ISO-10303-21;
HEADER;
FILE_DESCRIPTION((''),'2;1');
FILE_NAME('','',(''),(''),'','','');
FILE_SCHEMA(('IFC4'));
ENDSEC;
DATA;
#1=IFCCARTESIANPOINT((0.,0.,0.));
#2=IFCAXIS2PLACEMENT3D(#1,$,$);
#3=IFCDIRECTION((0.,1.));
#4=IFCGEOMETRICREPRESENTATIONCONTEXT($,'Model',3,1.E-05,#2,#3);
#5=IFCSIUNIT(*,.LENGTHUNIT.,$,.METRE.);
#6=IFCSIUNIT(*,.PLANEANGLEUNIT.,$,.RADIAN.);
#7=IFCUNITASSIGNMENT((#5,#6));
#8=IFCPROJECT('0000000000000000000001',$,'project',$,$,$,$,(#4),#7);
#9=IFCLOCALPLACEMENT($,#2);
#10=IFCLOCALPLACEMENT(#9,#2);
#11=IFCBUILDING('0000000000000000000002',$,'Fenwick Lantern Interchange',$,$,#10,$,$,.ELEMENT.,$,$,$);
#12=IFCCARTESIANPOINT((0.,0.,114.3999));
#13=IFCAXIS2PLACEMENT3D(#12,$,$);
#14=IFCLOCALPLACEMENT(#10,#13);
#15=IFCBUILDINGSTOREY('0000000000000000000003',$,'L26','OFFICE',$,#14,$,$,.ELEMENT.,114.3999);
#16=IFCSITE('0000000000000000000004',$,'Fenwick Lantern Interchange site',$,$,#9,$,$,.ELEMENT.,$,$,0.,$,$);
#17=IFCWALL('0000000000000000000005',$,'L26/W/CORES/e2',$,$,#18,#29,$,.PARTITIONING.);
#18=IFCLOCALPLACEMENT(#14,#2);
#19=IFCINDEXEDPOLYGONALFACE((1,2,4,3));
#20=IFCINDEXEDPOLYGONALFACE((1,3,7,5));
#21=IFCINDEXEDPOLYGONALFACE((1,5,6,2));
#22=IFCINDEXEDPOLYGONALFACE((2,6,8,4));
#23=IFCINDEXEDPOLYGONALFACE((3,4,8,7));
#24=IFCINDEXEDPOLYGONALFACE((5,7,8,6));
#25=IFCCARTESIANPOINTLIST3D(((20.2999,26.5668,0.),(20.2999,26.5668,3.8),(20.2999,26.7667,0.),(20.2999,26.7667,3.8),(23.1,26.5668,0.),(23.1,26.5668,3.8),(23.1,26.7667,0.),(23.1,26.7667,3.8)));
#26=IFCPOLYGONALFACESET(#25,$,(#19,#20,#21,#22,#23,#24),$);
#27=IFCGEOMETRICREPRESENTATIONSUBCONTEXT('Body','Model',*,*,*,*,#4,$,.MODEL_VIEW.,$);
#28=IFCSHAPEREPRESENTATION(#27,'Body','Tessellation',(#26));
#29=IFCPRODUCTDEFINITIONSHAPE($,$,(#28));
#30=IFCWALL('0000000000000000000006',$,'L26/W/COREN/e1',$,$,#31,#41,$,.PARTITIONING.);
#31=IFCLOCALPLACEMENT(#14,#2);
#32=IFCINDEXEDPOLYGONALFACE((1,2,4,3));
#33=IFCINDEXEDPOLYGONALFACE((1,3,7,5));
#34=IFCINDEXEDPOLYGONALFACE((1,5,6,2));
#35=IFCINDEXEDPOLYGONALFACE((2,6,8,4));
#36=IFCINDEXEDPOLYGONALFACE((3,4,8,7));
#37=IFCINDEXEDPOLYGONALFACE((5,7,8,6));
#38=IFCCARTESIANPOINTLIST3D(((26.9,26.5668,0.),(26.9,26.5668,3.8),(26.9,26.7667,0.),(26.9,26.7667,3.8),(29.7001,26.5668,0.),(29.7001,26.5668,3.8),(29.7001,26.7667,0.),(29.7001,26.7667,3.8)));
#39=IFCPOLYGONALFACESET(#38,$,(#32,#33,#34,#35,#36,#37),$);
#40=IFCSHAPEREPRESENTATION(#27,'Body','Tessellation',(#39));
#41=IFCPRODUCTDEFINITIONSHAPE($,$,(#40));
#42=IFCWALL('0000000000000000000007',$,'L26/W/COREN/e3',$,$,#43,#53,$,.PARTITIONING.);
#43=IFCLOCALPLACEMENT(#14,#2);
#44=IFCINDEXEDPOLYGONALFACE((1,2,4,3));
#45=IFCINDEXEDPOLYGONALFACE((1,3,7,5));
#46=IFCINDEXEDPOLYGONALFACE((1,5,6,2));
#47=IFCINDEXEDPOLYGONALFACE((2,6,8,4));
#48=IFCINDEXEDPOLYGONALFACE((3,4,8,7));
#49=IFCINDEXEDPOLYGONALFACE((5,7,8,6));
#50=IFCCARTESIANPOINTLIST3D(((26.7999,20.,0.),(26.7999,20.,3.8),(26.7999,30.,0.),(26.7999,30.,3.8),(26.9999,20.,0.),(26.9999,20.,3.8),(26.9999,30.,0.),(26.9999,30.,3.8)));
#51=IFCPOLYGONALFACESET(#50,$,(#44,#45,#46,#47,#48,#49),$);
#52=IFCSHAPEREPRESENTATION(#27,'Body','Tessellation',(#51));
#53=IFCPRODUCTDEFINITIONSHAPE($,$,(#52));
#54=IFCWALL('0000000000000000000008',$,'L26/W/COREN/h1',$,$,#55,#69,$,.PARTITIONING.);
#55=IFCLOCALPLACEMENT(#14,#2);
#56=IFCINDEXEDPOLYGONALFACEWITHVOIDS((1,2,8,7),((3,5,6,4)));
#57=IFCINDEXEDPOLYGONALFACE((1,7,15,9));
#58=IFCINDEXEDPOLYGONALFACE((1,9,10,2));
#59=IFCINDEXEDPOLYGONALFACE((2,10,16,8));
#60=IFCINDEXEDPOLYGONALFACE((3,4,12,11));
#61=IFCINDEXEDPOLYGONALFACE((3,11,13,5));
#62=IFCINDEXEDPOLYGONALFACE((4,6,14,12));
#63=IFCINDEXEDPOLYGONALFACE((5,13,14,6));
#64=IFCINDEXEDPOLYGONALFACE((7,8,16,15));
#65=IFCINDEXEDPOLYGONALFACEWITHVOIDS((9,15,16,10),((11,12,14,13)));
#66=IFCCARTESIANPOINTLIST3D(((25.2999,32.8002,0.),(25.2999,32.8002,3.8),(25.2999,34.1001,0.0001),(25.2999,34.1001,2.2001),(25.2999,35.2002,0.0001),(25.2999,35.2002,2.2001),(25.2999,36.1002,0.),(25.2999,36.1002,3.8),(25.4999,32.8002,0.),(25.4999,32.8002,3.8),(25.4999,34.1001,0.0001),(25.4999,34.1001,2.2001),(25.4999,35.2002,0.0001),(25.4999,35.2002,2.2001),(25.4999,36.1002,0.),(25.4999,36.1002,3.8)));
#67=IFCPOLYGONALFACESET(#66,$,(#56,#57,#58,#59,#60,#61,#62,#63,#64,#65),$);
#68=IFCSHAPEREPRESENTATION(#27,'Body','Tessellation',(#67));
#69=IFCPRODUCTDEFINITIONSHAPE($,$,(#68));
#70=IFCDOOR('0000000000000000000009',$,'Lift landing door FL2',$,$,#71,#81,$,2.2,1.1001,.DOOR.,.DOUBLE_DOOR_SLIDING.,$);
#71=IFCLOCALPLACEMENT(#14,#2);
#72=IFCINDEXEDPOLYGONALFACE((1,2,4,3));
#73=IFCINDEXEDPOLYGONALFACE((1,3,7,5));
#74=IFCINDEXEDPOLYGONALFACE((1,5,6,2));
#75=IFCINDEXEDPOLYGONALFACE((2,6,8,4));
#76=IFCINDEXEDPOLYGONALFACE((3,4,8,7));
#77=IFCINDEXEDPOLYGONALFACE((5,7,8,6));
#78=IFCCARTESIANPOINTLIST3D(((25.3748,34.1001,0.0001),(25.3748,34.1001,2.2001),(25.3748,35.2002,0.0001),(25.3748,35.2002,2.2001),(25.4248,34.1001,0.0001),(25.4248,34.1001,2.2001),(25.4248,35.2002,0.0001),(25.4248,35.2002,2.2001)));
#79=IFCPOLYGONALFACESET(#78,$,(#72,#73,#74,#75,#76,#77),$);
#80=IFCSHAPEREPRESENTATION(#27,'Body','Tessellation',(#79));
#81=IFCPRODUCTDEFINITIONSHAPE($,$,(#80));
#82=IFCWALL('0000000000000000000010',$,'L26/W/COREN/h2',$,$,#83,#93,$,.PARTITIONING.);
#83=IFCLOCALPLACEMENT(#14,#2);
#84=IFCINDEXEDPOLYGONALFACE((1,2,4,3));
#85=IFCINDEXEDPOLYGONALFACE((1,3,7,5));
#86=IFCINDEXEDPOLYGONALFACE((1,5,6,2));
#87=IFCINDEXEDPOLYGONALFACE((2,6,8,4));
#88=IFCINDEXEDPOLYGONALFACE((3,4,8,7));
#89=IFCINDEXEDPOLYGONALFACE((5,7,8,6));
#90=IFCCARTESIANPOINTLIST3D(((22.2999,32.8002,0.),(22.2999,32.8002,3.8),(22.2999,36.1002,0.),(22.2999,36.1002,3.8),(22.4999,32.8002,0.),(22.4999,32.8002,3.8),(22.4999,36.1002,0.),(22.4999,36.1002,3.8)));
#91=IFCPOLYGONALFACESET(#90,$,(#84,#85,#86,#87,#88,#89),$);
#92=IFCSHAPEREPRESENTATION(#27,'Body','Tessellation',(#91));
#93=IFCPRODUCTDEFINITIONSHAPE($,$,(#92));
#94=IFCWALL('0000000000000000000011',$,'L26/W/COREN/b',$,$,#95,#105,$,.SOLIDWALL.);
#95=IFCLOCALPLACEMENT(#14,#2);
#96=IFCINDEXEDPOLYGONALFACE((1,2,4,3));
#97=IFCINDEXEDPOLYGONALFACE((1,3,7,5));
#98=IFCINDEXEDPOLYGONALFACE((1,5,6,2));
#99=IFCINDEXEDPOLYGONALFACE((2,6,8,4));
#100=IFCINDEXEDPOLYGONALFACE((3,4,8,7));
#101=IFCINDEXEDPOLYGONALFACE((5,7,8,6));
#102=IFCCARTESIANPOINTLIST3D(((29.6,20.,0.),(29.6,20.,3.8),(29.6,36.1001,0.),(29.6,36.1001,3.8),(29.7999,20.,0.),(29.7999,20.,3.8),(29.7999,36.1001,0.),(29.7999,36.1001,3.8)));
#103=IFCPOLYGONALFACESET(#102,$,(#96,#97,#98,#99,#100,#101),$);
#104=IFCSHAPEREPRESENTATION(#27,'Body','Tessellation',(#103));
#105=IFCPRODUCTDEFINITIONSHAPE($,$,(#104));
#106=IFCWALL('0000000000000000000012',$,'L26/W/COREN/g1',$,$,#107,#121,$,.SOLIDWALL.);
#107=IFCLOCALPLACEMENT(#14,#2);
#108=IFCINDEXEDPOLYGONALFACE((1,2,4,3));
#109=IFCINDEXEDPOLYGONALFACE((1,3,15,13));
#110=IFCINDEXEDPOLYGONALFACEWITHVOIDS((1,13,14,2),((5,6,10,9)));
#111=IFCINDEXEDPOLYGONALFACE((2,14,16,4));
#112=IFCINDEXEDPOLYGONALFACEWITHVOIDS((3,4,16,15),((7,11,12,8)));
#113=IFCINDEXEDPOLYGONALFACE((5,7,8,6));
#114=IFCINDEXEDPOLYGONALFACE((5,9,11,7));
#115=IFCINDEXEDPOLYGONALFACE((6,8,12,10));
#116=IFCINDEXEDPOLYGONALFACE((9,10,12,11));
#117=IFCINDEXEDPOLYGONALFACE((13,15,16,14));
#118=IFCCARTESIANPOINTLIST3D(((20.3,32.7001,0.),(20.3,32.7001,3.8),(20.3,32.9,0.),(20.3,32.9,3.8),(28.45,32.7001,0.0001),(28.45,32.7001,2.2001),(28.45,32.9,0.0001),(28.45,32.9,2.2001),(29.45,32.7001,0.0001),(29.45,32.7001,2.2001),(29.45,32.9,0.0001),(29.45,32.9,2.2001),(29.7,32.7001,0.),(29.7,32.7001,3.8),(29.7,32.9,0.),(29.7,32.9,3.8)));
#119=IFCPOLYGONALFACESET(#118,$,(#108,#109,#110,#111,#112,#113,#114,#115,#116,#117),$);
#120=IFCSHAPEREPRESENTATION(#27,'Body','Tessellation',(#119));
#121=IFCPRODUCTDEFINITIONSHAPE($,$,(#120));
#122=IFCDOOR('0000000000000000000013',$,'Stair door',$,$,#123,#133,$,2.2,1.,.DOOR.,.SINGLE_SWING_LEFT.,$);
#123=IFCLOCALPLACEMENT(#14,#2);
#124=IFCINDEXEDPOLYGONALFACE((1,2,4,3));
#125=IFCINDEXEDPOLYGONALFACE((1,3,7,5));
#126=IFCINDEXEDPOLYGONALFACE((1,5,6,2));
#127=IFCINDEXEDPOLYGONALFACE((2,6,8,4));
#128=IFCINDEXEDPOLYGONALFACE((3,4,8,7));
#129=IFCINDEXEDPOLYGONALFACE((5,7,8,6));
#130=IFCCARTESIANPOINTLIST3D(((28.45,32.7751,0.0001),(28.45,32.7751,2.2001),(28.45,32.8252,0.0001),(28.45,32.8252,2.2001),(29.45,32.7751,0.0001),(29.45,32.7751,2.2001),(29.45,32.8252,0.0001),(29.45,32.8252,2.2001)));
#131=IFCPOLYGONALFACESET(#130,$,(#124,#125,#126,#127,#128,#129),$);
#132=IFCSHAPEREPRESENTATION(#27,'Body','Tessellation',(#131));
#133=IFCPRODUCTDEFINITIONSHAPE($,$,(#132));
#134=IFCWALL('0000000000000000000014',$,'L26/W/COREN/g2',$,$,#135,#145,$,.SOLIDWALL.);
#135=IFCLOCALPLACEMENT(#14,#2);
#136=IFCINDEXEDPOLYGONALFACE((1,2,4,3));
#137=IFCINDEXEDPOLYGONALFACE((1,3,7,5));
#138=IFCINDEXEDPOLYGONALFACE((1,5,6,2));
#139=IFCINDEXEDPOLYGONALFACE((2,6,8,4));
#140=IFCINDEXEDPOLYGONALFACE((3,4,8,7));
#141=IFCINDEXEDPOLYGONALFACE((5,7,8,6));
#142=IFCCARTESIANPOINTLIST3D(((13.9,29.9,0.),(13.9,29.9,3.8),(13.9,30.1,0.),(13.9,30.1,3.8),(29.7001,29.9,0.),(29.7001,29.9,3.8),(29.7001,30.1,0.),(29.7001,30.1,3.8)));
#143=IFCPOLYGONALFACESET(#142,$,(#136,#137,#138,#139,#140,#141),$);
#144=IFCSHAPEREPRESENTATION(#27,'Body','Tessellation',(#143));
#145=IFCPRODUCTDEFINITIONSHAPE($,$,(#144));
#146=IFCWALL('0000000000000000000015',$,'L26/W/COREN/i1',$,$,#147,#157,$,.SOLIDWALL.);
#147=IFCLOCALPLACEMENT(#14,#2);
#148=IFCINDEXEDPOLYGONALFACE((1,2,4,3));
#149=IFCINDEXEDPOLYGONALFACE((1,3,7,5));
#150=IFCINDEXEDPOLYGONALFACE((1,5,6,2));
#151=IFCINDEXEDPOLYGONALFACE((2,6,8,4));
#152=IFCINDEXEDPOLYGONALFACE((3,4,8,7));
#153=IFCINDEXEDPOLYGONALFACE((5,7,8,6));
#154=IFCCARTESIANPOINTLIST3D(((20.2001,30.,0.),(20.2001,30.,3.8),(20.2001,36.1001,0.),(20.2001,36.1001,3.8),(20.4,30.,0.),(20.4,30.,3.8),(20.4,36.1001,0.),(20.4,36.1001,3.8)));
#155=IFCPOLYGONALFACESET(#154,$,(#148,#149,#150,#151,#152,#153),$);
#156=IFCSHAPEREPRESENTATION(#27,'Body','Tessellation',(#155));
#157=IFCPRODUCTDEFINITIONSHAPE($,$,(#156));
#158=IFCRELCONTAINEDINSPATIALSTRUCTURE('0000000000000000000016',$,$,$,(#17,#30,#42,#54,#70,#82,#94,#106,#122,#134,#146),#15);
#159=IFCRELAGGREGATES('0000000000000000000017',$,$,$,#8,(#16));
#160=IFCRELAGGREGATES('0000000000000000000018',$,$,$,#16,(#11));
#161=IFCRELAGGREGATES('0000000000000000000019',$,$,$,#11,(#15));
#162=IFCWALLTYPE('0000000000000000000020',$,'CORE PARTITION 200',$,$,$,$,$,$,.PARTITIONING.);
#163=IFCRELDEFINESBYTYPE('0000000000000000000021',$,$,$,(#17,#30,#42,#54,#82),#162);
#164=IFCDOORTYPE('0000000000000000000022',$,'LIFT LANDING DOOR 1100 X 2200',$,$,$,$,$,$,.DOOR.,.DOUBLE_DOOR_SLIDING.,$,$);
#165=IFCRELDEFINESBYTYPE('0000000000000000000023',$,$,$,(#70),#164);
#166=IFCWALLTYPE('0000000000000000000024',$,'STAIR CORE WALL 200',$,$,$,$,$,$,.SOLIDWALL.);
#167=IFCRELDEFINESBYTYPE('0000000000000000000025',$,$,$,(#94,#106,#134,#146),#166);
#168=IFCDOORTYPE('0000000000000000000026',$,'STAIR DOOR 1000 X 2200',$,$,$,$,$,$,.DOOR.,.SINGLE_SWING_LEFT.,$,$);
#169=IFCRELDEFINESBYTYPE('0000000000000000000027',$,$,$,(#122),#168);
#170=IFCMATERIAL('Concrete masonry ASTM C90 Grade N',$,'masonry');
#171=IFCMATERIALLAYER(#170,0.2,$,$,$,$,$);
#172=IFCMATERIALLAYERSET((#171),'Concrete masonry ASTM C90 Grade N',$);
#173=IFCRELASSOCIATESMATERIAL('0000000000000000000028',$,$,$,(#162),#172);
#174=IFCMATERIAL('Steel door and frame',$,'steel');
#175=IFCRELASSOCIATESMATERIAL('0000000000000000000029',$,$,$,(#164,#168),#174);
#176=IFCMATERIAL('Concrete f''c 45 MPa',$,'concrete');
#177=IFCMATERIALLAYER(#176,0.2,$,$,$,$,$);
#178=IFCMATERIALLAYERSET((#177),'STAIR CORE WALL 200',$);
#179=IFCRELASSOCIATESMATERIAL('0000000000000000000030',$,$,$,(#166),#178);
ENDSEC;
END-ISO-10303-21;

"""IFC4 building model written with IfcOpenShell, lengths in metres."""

from ifc_helpers import new_model, si_unit, direction, frame, frame_2d, origin, place, context, subcontext, project, spatial, rectangle, extrude, material, layer, layer_set, type_object, element, fill, save


model = new_model("IFC4")

# Units and contexts
model_context = context("Model", 3, precision=1e-05, world=origin(), true_north=direction((0.0, 1.0)))
body_context = subcontext(model_context, "Body", "Model", "MODEL_VIEW")
ifc_project = project(units=[si_unit("LENGTHUNIT", "METRE"), si_unit("PLANEANGLEUNIT", "RADIAN")], contexts=[model_context])

# Site, building, storey
site_placement = place(None, origin())
site = spatial("IfcSite", under=ifc_project, at=site_placement, Name="Fenwick Lantern Interchange site", CompositionType="ELEMENT", RefElevation=0.0)
building_placement = place(site_placement, origin())
building = spatial("IfcBuilding", under=site, at=building_placement, Name="Fenwick Lantern Interchange", CompositionType="ELEMENT")
storey_placement = place(building_placement, frame((0.0, 0.0, 114.3999)))
storey = spatial("IfcBuildingStorey", under=building, at=storey_placement, Name="L26", Description="OFFICE", CompositionType="ELEMENT", Elevation=114.3999)

# Walls
ifc_material_1 = material(Name="Concrete masonry ASTM C90 Grade N", Category="masonry")
ifc_layer_1 = layer(ifc_material_1, 0.2)
ifc_layer_set_1 = layer_set([ifc_layer_1], Name="Concrete masonry ASTM C90 Grade N")
wall_type_1 = type_object("IfcWallType", Name="CORE PARTITION 200", PredefinedType="PARTITIONING", material=ifc_layer_set_1)
for number, where, z_axis, x_axis, name in (
    (1, (20.3, 26.6667, 0.0), (0.0, 0.0, 1.0), (1.0, 0.0, 0.0), "L26/W/CORES/e2"),
    (2, (29.7, 26.6667, 0.0), (0.0, 0.0, 1.0), (-1.0, 0.0, 0.0), "L26/W/COREN/e1"),
):
    element("IfcWall", number, at=place(storey_placement, frame(where, z_axis=z_axis, x_axis=x_axis)), inside=storey, type_object=wall_type_1, Name=name, PredefinedType="PARTITIONING", context=body_context, shape_type="SweptSolid", body=[
        extrude(rectangle(XDim=2.8, YDim=0.2, at=frame_2d((1.3999, 0.0))), origin(), (0.0, 0.0, 1.0), 3.8),
    ])
wall_1_placement = place(storey_placement, frame((26.8999, 30.0, 0.0), z_axis=(0.0, 0.0, 1.0), x_axis=(0.0, -1.0, 0.0)))
element("IfcWall", 3, at=wall_1_placement, inside=storey, type_object=wall_type_1, Name="L26/W/COREN/e3", PredefinedType="PARTITIONING", context=body_context, shape_type="SweptSolid", body=[
    extrude(rectangle(XDim=10.0, YDim=0.2, at=frame_2d((5.0, 0.0))), origin(), (0.0, 0.0, 1.0), 3.8),
])

# Wall, opening, door
wall_2_placement = place(storey_placement, frame((25.3999, 36.1001, 0.0), z_axis=(0.0, 0.0, 1.0), x_axis=(0.0, -1.0, 0.0)))
wall_2 = element("IfcWall", 4, at=wall_2_placement, inside=storey, type_object=wall_type_1, Name="L26/W/COREN/h1", PredefinedType="PARTITIONING", context=body_context, shape_type="SweptSolid", body=[
    extrude(rectangle(XDim=3.3, YDim=0.2, at=frame_2d((1.6499, 0.0))), origin(), (0.0, 0.0, 1.0), 3.8),
])
opening_1_placement = place(wall_2_placement, frame((0.8999, 0.0, 0.0)))
opening_1 = element("IfcOpeningElement", 5, at=opening_1_placement, cuts=wall_2, PredefinedType="OPENING", context=body_context, shape_type="SweptSolid", body=[
    extrude(rectangle(XDim=1.1001, YDim=2.2, at=frame_2d((0.55, 1.1001))), frame((0.0, 0.1099, 0.0), z_axis=(0.0, -1.0, 0.0), x_axis=(1.0, 0.0, 0.0)), (0.0, 0.0, 1.0), 0.22),
])
ifc_material_2 = material(Name="Steel door and frame", Category="steel")
door_type_1 = type_object("IfcDoorType", Name="LIFT LANDING DOOR 1100 X 2200", OperationType="DOUBLE_DOOR_SLIDING", PredefinedType="DOOR", material=ifc_material_2)
door_1_placement = place(opening_1_placement, origin())
door_1 = element("IfcDoor", 6, at=door_1_placement, inside=storey, type_object=door_type_1, Name="Lift landing door FL2", OperationType="DOUBLE_DOOR_SLIDING", OverallHeight=2.2, OverallWidth=1.1001, PredefinedType="DOOR", context=body_context, shape_type="SweptSolid", body=[
    extrude(rectangle(XDim=1.1001, YDim=2.2, at=frame_2d((0.55, 1.1001))), frame((0.0, 0.0249, 0.0), z_axis=(0.0, -1.0, 0.0), x_axis=(1.0, 0.0, 0.0)), (0.0, 0.0, 1.0), 0.05),
])
fill(opening_1, door_1)

# Walls
wall_3_placement = place(storey_placement, frame((22.3999, 36.1001, 0.0), z_axis=(0.0, 0.0, 1.0), x_axis=(0.0, -1.0, 0.0)))
element("IfcWall", 7, at=wall_3_placement, inside=storey, type_object=wall_type_1, Name="L26/W/COREN/h2", PredefinedType="PARTITIONING", context=body_context, shape_type="SweptSolid", body=[
    extrude(rectangle(XDim=3.3, YDim=0.2, at=frame_2d((1.6499, 0.0))), origin(), (0.0, 0.0, 1.0), 3.8),
])
ifc_material_3 = material(Name="Concrete f'c 45 MPa", Category="concrete")
ifc_layer_2 = layer(ifc_material_3, 0.2)
ifc_layer_set_2 = layer_set([ifc_layer_2], Name="STAIR CORE WALL 200")
wall_type_2 = type_object("IfcWallType", Name="STAIR CORE WALL 200", PredefinedType="SOLIDWALL", material=ifc_layer_set_2)
wall_4_placement = place(storey_placement, frame((29.7, 36.1001, 0.0), z_axis=(0.0, 0.0, 1.0), x_axis=(0.0, -1.0, 0.0)))
element("IfcWall", 8, at=wall_4_placement, inside=storey, type_object=wall_type_2, Name="L26/W/COREN/b", PredefinedType="SOLIDWALL", context=body_context, shape_type="SweptSolid", body=[
    extrude(rectangle(XDim=16.1001, YDim=0.2, at=frame_2d((8.05, 0.0))), origin(), (0.0, 0.0, 1.0), 3.8),
])

# Wall, opening, door
wall_5_placement = place(storey_placement, frame((29.7, 32.8, 0.0), z_axis=(0.0, 0.0, 1.0), x_axis=(-1.0, 0.0, 0.0)))
wall_5 = element("IfcWall", 9, at=wall_5_placement, inside=storey, type_object=wall_type_2, Name="L26/W/COREN/g1", PredefinedType="SOLIDWALL", context=body_context, shape_type="SweptSolid", body=[
    extrude(rectangle(XDim=9.3999, YDim=0.2, at=frame_2d((4.7, 0.0))), origin(), (0.0, 0.0, 1.0), 3.8),
])
opening_2_placement = place(wall_5_placement, frame((0.25, 0.0, 0.0)))
opening_2 = element("IfcOpeningElement", 10, at=opening_2_placement, cuts=wall_5, PredefinedType="OPENING", context=body_context, shape_type="SweptSolid", body=[
    extrude(rectangle(XDim=1.0, YDim=2.2, at=frame_2d((0.5, 1.1001))), frame((0.0, 0.1099, 0.0), z_axis=(0.0, -1.0, 0.0), x_axis=(1.0, 0.0, 0.0)), (0.0, 0.0, 1.0), 0.22),
])
door_type_2 = type_object("IfcDoorType", Name="STAIR DOOR 1000 X 2200", OperationType="SINGLE_SWING_LEFT", PredefinedType="DOOR", material=ifc_material_2)
door_2_placement = place(opening_2_placement, origin())
door_2 = element("IfcDoor", 11, at=door_2_placement, inside=storey, type_object=door_type_2, Name="Stair door", OperationType="SINGLE_SWING_LEFT", OverallHeight=2.2, OverallWidth=1.0, PredefinedType="DOOR", context=body_context, shape_type="SweptSolid", body=[
    extrude(rectangle(XDim=1.0, YDim=2.2, at=frame_2d((0.5, 1.1001))), frame((0.0, 0.0249, 0.0), z_axis=(0.0, -1.0, 0.0), x_axis=(1.0, 0.0, 0.0)), (0.0, 0.0, 1.0), 0.05),
])
fill(opening_2, door_2)

# Walls
wall_6_placement = place(storey_placement, frame((29.7, 30.0, 0.0), z_axis=(0.0, 0.0, 1.0), x_axis=(-1.0, 0.0, 0.0)))
element("IfcWall", 12, at=wall_6_placement, inside=storey, type_object=wall_type_2, Name="L26/W/COREN/g2", PredefinedType="SOLIDWALL", context=body_context, shape_type="SweptSolid", body=[
    extrude(rectangle(XDim=15.8, YDim=0.2, at=frame_2d((7.8999, 0.0))), origin(), (0.0, 0.0, 1.0), 3.8),
])
wall_7_placement = place(storey_placement, frame((20.3, 36.1001, 0.0), z_axis=(0.0, 0.0, 1.0), x_axis=(0.0, -1.0, 0.0)))
element("IfcWall", 13, at=wall_7_placement, inside=storey, type_object=wall_type_2, Name="L26/W/COREN/i1", PredefinedType="SOLIDWALL", context=body_context, shape_type="SweptSolid", body=[
    extrude(rectangle(XDim=6.1001, YDim=0.2, at=frame_2d((3.05, 0.0))), origin(), (0.0, 0.0, 1.0), 3.8),
])

save(model, "model.ifc")
